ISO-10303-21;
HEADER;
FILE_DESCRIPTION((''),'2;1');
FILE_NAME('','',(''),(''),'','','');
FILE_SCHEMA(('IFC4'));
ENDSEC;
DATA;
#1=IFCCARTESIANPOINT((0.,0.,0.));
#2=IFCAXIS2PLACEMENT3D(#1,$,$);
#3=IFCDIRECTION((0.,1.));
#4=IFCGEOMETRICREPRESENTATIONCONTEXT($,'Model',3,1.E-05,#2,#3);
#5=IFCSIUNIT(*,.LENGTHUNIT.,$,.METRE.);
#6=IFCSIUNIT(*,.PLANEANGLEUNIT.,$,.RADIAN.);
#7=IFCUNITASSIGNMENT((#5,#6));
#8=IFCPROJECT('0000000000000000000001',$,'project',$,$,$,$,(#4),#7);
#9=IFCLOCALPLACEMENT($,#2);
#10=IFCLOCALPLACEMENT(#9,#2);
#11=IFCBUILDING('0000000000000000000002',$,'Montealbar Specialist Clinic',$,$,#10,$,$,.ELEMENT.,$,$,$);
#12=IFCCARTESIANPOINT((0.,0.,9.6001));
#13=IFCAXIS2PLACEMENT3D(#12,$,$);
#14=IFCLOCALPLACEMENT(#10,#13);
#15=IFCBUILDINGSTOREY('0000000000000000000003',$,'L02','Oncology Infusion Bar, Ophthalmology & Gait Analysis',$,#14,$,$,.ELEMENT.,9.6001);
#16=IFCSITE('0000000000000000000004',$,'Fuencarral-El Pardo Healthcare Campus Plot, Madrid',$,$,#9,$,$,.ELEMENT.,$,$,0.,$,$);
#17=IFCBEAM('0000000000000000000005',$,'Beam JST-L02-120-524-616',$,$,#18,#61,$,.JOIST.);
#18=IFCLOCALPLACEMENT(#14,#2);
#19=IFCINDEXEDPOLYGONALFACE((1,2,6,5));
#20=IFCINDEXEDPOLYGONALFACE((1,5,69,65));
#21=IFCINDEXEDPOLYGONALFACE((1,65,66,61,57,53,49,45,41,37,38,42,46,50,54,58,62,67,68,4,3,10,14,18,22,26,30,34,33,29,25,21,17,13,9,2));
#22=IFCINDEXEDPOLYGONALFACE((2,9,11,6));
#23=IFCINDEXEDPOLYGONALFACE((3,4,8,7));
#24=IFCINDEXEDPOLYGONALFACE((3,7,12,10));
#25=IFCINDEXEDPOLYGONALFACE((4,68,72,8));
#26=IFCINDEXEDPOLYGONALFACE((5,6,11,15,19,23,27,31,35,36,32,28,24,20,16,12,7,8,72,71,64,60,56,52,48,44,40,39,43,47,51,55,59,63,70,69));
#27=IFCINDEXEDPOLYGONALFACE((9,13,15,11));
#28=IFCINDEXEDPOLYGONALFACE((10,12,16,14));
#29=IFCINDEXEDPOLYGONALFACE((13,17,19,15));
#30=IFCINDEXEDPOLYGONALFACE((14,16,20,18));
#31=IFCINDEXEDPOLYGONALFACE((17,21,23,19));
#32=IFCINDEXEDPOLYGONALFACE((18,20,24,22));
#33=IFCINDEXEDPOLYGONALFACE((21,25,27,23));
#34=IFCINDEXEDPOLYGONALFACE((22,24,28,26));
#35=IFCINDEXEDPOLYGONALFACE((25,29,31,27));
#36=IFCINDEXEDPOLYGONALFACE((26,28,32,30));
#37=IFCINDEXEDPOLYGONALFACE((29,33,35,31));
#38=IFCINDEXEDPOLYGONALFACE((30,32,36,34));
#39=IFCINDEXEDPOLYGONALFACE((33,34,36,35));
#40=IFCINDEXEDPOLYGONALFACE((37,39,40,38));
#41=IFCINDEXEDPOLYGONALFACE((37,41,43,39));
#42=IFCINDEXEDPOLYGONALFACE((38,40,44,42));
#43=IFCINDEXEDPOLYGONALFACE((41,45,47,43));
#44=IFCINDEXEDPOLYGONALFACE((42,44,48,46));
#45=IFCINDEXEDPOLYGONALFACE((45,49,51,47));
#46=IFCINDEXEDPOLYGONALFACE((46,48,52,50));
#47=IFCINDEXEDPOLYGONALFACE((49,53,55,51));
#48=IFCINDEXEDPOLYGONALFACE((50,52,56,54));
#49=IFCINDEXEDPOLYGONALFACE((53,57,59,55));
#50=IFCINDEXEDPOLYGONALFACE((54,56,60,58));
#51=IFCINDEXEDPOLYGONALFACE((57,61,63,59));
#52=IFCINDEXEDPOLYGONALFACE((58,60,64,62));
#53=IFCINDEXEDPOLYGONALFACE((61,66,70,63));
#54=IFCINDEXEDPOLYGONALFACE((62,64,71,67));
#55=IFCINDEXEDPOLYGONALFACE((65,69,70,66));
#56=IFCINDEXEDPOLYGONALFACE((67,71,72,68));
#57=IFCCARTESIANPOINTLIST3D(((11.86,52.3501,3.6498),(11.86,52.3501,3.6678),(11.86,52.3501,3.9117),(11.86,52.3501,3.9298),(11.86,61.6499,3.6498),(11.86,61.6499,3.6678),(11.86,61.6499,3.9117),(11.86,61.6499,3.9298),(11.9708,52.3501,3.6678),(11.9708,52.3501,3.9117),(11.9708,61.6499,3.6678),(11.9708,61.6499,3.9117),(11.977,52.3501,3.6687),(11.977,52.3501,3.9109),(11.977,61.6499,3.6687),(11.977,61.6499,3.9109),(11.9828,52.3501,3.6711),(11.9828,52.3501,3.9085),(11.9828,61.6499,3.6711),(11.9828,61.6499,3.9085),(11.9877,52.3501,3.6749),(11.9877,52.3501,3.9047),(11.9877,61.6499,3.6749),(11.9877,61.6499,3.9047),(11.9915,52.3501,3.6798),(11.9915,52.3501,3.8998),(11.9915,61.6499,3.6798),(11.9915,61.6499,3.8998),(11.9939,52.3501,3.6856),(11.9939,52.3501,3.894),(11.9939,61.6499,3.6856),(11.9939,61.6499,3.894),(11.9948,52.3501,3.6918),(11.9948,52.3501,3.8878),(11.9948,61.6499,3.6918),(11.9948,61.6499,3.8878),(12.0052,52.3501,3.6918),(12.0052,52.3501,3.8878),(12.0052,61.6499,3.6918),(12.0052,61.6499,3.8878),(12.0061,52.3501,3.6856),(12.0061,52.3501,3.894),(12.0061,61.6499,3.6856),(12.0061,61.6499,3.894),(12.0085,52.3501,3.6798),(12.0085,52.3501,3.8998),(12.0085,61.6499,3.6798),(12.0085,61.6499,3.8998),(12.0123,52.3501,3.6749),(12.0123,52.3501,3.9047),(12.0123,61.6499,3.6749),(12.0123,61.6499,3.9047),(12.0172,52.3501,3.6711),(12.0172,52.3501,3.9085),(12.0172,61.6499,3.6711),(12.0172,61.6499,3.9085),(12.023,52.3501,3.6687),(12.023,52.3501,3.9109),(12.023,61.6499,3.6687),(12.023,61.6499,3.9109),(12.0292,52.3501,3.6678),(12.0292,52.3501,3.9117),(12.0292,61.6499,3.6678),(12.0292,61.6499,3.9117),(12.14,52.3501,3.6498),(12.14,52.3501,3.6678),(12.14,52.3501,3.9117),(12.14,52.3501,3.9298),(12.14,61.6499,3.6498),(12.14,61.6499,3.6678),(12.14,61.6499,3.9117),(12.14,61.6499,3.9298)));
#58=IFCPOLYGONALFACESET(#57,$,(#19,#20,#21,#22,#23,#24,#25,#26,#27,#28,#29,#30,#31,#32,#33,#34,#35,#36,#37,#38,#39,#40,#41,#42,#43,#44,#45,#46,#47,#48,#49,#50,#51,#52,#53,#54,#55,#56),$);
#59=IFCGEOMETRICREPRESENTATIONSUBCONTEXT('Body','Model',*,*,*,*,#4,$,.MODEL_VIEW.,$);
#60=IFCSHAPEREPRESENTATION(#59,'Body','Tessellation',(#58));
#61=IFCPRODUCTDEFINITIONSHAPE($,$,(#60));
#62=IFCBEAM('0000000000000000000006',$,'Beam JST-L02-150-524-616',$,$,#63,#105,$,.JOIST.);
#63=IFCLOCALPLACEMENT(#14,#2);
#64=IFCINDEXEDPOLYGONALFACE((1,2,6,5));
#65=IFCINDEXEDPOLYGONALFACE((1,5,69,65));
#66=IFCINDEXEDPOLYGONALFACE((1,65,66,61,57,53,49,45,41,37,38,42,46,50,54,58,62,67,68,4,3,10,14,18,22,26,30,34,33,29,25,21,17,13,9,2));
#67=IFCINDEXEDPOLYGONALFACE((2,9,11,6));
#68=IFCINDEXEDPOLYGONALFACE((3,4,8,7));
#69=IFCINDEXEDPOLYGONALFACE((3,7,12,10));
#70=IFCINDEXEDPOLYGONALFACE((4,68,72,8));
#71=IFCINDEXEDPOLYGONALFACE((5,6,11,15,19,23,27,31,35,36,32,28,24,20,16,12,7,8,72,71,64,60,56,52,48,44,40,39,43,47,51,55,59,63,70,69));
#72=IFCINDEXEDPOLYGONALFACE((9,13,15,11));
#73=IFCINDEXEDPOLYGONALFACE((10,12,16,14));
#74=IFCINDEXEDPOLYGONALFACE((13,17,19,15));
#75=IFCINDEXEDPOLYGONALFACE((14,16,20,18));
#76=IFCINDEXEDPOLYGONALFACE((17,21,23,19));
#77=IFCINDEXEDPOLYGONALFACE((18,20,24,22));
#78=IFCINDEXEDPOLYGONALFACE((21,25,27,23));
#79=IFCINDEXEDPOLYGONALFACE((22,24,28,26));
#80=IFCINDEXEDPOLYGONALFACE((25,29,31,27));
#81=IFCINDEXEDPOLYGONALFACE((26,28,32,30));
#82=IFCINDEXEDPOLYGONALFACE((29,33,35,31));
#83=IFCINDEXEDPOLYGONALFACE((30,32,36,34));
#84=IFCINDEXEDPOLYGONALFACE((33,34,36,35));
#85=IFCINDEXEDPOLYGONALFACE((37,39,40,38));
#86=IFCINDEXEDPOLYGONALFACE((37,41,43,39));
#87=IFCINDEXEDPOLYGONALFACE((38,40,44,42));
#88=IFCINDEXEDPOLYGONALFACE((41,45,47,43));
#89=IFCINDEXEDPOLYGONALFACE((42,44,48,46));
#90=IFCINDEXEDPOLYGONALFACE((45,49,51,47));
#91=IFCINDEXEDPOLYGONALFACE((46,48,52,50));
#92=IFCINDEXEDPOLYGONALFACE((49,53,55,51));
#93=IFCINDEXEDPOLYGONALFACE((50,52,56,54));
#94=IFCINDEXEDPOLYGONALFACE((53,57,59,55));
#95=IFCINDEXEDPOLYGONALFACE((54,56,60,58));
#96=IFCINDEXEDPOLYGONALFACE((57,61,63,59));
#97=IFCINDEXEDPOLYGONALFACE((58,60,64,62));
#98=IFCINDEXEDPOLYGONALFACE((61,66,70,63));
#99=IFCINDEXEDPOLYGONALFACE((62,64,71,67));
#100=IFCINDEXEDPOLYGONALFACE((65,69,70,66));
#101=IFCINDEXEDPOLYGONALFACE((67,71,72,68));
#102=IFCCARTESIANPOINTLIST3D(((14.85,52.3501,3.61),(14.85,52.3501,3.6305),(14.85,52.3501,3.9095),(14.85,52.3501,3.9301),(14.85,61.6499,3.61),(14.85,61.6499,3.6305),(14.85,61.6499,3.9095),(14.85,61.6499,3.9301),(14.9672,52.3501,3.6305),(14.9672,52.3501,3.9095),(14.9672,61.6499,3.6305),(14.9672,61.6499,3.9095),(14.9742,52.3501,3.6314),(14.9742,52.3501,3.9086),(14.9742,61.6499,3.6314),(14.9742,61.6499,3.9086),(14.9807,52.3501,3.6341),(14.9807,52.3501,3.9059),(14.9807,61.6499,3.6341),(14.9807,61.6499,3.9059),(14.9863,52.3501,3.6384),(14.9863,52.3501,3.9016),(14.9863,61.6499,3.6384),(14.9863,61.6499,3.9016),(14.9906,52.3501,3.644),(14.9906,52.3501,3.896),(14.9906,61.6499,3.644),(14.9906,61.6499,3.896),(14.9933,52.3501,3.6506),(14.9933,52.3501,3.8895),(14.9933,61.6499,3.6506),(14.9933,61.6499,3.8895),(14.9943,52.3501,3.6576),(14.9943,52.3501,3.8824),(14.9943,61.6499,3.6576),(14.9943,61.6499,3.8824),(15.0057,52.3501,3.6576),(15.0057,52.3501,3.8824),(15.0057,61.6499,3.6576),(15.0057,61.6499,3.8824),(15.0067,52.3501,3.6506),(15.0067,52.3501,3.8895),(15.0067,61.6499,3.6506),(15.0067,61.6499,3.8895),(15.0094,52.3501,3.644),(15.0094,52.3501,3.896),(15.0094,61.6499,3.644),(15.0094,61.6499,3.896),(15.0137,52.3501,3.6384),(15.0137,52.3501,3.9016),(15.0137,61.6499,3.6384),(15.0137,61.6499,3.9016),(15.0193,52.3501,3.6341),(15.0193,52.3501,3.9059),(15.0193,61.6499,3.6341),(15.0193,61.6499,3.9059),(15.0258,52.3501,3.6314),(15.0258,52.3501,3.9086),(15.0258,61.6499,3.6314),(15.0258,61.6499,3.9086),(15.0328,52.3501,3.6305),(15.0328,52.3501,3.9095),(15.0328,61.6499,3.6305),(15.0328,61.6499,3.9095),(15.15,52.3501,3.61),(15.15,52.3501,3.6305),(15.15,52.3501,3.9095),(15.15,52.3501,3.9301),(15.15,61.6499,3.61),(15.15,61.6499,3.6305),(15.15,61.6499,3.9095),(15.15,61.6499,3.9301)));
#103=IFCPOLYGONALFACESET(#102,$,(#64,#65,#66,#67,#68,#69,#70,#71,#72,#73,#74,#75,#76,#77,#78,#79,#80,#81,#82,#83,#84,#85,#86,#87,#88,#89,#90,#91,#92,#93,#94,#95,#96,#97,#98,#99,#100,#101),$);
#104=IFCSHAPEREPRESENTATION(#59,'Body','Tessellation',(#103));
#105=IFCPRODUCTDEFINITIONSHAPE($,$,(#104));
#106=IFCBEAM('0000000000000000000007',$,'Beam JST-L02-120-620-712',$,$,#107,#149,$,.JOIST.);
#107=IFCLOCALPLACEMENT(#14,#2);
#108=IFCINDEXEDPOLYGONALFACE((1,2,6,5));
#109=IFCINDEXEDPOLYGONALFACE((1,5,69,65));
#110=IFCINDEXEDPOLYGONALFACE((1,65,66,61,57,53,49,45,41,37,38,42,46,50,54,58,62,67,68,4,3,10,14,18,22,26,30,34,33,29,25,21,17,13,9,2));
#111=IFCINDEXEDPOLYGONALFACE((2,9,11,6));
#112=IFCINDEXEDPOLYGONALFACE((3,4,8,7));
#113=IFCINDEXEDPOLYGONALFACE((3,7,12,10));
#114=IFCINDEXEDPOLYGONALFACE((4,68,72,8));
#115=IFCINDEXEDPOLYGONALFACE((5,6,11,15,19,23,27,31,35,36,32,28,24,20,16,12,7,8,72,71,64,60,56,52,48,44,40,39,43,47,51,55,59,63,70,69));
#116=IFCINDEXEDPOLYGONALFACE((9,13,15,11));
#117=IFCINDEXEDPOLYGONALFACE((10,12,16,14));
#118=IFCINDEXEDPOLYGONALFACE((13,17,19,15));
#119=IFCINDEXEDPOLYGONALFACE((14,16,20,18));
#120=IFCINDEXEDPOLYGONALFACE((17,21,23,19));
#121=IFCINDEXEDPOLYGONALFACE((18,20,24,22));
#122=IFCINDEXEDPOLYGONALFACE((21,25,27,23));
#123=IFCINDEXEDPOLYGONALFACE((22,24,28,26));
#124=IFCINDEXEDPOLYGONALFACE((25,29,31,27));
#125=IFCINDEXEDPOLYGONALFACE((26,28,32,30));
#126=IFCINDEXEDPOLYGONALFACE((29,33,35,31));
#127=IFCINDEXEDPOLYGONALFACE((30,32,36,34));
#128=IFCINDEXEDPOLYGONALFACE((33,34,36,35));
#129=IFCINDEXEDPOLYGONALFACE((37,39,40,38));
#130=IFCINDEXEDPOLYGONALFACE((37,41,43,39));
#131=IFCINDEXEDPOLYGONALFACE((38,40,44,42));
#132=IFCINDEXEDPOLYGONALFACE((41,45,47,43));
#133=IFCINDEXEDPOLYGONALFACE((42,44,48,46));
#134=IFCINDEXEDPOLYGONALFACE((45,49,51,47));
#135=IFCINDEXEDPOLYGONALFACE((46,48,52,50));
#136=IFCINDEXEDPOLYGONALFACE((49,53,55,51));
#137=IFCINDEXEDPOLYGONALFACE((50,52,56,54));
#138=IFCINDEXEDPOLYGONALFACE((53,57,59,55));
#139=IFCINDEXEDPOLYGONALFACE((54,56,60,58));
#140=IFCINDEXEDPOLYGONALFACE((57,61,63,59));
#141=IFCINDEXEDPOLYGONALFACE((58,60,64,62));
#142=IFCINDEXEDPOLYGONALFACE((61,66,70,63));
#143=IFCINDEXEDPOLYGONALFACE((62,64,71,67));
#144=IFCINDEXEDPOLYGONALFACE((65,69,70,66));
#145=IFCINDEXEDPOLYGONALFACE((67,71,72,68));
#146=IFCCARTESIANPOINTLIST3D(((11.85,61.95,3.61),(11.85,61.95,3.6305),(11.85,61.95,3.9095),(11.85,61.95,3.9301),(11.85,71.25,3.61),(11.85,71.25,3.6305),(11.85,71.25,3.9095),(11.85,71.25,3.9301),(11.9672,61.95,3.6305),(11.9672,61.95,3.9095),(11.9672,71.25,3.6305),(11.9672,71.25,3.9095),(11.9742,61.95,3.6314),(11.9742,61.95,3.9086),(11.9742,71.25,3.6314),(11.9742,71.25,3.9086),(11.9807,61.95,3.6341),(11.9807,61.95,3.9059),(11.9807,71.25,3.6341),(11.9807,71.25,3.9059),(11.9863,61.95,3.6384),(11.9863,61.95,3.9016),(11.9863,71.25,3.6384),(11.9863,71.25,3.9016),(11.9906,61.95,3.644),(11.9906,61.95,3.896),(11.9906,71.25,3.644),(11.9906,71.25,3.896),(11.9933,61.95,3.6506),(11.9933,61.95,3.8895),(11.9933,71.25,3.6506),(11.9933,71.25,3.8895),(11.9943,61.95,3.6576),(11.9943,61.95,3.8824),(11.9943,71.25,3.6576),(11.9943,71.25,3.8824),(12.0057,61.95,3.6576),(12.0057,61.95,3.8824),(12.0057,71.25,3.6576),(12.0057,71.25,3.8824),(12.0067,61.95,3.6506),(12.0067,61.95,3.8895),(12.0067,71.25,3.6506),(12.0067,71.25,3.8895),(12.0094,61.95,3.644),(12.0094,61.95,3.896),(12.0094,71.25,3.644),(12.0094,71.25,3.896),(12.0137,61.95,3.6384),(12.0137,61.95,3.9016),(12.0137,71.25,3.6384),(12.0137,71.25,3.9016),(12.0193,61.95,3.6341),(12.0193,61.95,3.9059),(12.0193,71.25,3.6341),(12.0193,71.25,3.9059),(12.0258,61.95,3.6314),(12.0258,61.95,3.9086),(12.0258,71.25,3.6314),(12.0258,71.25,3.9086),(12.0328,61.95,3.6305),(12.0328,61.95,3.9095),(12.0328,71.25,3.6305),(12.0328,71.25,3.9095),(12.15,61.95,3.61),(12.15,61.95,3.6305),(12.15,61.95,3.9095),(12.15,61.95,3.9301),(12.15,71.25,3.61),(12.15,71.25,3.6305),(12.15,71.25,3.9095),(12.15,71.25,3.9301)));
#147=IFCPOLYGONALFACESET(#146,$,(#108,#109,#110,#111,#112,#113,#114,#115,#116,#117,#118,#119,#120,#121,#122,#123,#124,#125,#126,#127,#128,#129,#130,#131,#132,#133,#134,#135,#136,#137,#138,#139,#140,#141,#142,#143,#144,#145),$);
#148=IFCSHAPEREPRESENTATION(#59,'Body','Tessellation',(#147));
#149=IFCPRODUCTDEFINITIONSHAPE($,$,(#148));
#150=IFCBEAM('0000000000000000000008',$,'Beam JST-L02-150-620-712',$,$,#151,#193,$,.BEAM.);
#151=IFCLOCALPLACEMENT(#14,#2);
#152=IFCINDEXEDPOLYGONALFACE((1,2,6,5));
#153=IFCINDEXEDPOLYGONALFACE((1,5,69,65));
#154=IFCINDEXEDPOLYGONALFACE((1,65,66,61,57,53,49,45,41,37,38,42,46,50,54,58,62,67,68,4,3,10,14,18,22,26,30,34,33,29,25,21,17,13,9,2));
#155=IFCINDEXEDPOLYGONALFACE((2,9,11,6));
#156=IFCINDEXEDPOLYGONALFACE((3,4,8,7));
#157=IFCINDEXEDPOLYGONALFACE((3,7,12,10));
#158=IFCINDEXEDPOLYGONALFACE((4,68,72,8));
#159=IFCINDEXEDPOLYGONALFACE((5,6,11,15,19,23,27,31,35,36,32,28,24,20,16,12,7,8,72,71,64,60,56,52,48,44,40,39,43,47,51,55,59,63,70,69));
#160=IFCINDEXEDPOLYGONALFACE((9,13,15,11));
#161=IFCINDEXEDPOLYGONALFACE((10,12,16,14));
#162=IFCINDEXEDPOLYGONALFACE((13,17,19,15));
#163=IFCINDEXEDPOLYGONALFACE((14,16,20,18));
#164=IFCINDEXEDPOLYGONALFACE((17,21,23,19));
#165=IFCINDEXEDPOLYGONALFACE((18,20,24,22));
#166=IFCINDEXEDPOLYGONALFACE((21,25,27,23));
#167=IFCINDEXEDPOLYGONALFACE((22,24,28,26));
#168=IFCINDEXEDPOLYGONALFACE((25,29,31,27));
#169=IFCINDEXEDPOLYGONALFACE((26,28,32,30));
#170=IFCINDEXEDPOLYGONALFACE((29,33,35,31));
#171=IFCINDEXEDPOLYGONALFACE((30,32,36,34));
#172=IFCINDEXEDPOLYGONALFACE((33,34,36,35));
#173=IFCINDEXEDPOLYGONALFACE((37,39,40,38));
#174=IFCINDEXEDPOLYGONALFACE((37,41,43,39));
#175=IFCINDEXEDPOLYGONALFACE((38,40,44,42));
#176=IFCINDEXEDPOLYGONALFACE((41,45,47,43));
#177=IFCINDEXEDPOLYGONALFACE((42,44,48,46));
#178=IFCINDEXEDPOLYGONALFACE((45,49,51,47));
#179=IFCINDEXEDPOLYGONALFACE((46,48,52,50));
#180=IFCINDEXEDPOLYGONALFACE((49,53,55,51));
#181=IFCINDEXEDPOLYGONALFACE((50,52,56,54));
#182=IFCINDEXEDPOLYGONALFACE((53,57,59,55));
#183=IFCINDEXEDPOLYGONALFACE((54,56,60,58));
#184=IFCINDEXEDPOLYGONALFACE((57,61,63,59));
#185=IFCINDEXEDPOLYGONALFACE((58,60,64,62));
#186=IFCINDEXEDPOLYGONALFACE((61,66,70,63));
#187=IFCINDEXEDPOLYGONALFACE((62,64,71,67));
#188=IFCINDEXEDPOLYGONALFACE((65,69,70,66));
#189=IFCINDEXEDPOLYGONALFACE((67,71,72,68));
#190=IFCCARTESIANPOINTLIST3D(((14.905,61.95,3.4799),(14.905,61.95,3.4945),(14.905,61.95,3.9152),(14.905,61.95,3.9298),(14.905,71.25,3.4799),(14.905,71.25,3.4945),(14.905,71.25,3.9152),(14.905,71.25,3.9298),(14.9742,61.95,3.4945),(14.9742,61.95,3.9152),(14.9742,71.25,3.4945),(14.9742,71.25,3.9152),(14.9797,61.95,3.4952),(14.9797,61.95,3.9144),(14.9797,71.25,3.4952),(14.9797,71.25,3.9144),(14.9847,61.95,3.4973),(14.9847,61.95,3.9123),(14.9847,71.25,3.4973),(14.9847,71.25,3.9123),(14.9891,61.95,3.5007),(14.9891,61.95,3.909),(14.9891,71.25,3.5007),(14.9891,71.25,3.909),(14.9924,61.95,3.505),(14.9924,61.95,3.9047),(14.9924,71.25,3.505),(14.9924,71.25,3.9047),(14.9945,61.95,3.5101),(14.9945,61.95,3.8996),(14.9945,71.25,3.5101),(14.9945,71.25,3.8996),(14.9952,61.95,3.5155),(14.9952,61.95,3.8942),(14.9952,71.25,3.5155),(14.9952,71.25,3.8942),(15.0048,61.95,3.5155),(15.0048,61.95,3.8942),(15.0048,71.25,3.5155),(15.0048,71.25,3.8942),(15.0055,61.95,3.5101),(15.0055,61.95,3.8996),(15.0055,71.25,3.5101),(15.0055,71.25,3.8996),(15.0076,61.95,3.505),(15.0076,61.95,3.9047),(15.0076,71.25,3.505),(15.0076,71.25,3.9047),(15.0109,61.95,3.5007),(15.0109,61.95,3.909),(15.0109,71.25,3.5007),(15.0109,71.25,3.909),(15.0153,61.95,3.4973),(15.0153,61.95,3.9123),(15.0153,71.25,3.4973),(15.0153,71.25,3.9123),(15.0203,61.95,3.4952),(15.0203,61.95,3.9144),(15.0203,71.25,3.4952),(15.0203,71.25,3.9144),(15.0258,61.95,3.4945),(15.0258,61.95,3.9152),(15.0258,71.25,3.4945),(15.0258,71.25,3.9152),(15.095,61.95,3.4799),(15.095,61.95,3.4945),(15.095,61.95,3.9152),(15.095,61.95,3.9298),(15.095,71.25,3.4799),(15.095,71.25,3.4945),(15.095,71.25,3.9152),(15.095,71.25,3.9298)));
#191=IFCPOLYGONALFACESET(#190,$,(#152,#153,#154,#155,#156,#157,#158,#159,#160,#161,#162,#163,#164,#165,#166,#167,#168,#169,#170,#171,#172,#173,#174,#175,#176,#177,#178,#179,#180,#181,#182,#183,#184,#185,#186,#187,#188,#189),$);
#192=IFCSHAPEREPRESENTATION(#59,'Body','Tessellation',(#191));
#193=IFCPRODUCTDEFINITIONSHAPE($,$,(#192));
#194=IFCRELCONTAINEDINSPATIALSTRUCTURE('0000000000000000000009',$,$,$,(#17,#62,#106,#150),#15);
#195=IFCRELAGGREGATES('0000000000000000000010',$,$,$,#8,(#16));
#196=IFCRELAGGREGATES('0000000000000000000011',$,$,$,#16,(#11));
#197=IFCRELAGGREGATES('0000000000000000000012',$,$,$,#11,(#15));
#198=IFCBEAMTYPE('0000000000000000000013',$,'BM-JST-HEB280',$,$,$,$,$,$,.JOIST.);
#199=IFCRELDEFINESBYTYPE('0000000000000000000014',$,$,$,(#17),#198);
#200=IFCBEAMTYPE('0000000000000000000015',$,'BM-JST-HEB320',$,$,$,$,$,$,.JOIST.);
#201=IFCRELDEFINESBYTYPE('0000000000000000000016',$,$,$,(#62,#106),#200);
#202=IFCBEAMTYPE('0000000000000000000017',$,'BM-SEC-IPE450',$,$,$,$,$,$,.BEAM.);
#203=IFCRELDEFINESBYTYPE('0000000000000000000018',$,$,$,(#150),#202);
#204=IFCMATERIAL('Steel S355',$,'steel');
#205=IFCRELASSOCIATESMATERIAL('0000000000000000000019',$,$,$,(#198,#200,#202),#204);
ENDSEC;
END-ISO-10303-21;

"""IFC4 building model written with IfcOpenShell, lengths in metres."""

from ifc_helpers import new_model, si_unit, direction, frame, origin, origin_2d, place, context, subcontext, project, spatial, i_section, extrude, material, material_profile, profile_set, type_object, element, save


model = new_model("IFC4")

# Units and contexts
model_context = context("Model", 3, precision=1e-05, world=origin(), true_north=direction((0.0, 1.0)))
body_context = subcontext(model_context, "Body", "Model", "MODEL_VIEW")
ifc_project = project(units=[si_unit("LENGTHUNIT", "METRE"), si_unit("PLANEANGLEUNIT", "RADIAN")], contexts=[model_context])

# Site, building, storey
site_placement = place(None, origin())
site = spatial("IfcSite", under=ifc_project, at=site_placement, Name="Fuencarral-El Pardo Healthcare Campus Plot, Madrid", CompositionType="ELEMENT", RefElevation=0.0)
building_placement = place(site_placement, origin())
building = spatial("IfcBuilding", under=site, at=building_placement, Name="Montealbar Specialist Clinic", CompositionType="ELEMENT")
storey_placement = place(building_placement, frame((0.0, 0.0, 9.6001)))
storey = spatial("IfcBuildingStorey", under=building, at=storey_placement, Name="L02", Description="Oncology Infusion Bar, Ophthalmology & Gait Analysis", CompositionType="ELEMENT", Elevation=9.6001)

# Shared definitions
ifc_material_1 = material(Name="Steel S355", Category="steel")

# Beams
ifc_material_profile_1 = material_profile(ifc_material_1, i_section(OverallWidth=0.28, OverallDepth=0.28, WebThickness=0.0105, FlangeThickness=0.0181, FilletRadius=0.0239, at=origin_2d()), Name="HEB 280", Category="steel")
ifc_profile_set_1 = profile_set([ifc_material_profile_1], Name="Steel S355")
beam_type_1 = type_object("IfcBeamType", Name="BM-JST-HEB280", PredefinedType="JOIST", material=ifc_profile_set_1)
beam_1_placement = place(storey_placement, frame((12.0, 52.3501, 3.7898), z_axis=(0.0, 1.0, 0.0), x_axis=(-1.0, 0.0, 0.0)))
element("IfcBeam", 1, at=beam_1_placement, inside=storey, type_object=beam_type_1, Name="Beam JST-L02-120-524-616", PredefinedType="JOIST", context=body_context, shape_type="SweptSolid", body=[
    extrude(i_section(OverallWidth=0.28, OverallDepth=0.28, WebThickness=0.0105, FlangeThickness=0.0181, FilletRadius=0.0239, at=origin_2d()), origin(), (0.0, 0.0, 1.0), 9.2998),
])
ifc_material_profile_2 = material_profile(ifc_material_1, i_section(OverallWidth=0.3, OverallDepth=0.3201, WebThickness=0.0115, FlangeThickness=0.0205, FilletRadius=0.0271, at=origin_2d()), Name="HEB 320", Category="steel")
ifc_profile_set_2 = profile_set([ifc_material_profile_2], Name="Steel S355")
beam_type_2 = type_object("IfcBeamType", Name="BM-JST-HEB320", PredefinedType="JOIST", material=ifc_profile_set_2)
beam_2_placement = place(storey_placement, frame((15.0, 52.3501, 3.77), z_axis=(0.0, 1.0, 0.0), x_axis=(-1.0, 0.0, 0.0)))
element("IfcBeam", 2, at=beam_2_placement, inside=storey, type_object=beam_type_2, Name="Beam JST-L02-150-524-616", PredefinedType="JOIST", context=body_context, shape_type="SweptSolid", body=[
    extrude(i_section(OverallWidth=0.3, OverallDepth=0.3201, WebThickness=0.0115, FlangeThickness=0.0205, FilletRadius=0.0271, at=origin_2d()), origin(), (0.0, 0.0, 1.0), 9.2998),
])
beam_3_placement = place(storey_placement, frame((12.0, 61.95, 3.77), z_axis=(0.0, 1.0, 0.0), x_axis=(-1.0, 0.0, 0.0)))
element("IfcBeam", 3, at=beam_3_placement, inside=storey, type_object=beam_type_2, Name="Beam JST-L02-120-620-712", PredefinedType="JOIST", context=body_context, shape_type="SweptSolid", body=[
    extrude(i_section(OverallWidth=0.3, OverallDepth=0.3201, WebThickness=0.0115, FlangeThickness=0.0205, FilletRadius=0.0271, at=origin_2d()), origin(), (0.0, 0.0, 1.0), 9.3),
])
ifc_material_profile_3 = material_profile(ifc_material_1, i_section(OverallWidth=0.1899, OverallDepth=0.45, WebThickness=0.0095, FlangeThickness=0.0146, FilletRadius=0.021, at=origin_2d()), Name="IPE 450", Category="steel")
ifc_profile_set_3 = profile_set([ifc_material_profile_3], Name="Steel S355")
beam_type_3 = type_object("IfcBeamType", Name="BM-SEC-IPE450", PredefinedType="BEAM", material=ifc_profile_set_3)
beam_4_placement = place(storey_placement, frame((15.0, 61.95, 3.7048), z_axis=(0.0, 1.0, 0.0), x_axis=(-1.0, 0.0, 0.0)))
element("IfcBeam", 4, at=beam_4_placement, inside=storey, type_object=beam_type_3, Name="Beam JST-L02-150-620-712", PredefinedType="BEAM", context=body_context, shape_type="SweptSolid", body=[
    extrude(i_section(OverallWidth=0.1899, OverallDepth=0.45, WebThickness=0.0095, FlangeThickness=0.0146, FilletRadius=0.021, at=origin_2d()), origin(), (0.0, 0.0, 1.0), 9.3),
])

save(model, "model.ifc")
